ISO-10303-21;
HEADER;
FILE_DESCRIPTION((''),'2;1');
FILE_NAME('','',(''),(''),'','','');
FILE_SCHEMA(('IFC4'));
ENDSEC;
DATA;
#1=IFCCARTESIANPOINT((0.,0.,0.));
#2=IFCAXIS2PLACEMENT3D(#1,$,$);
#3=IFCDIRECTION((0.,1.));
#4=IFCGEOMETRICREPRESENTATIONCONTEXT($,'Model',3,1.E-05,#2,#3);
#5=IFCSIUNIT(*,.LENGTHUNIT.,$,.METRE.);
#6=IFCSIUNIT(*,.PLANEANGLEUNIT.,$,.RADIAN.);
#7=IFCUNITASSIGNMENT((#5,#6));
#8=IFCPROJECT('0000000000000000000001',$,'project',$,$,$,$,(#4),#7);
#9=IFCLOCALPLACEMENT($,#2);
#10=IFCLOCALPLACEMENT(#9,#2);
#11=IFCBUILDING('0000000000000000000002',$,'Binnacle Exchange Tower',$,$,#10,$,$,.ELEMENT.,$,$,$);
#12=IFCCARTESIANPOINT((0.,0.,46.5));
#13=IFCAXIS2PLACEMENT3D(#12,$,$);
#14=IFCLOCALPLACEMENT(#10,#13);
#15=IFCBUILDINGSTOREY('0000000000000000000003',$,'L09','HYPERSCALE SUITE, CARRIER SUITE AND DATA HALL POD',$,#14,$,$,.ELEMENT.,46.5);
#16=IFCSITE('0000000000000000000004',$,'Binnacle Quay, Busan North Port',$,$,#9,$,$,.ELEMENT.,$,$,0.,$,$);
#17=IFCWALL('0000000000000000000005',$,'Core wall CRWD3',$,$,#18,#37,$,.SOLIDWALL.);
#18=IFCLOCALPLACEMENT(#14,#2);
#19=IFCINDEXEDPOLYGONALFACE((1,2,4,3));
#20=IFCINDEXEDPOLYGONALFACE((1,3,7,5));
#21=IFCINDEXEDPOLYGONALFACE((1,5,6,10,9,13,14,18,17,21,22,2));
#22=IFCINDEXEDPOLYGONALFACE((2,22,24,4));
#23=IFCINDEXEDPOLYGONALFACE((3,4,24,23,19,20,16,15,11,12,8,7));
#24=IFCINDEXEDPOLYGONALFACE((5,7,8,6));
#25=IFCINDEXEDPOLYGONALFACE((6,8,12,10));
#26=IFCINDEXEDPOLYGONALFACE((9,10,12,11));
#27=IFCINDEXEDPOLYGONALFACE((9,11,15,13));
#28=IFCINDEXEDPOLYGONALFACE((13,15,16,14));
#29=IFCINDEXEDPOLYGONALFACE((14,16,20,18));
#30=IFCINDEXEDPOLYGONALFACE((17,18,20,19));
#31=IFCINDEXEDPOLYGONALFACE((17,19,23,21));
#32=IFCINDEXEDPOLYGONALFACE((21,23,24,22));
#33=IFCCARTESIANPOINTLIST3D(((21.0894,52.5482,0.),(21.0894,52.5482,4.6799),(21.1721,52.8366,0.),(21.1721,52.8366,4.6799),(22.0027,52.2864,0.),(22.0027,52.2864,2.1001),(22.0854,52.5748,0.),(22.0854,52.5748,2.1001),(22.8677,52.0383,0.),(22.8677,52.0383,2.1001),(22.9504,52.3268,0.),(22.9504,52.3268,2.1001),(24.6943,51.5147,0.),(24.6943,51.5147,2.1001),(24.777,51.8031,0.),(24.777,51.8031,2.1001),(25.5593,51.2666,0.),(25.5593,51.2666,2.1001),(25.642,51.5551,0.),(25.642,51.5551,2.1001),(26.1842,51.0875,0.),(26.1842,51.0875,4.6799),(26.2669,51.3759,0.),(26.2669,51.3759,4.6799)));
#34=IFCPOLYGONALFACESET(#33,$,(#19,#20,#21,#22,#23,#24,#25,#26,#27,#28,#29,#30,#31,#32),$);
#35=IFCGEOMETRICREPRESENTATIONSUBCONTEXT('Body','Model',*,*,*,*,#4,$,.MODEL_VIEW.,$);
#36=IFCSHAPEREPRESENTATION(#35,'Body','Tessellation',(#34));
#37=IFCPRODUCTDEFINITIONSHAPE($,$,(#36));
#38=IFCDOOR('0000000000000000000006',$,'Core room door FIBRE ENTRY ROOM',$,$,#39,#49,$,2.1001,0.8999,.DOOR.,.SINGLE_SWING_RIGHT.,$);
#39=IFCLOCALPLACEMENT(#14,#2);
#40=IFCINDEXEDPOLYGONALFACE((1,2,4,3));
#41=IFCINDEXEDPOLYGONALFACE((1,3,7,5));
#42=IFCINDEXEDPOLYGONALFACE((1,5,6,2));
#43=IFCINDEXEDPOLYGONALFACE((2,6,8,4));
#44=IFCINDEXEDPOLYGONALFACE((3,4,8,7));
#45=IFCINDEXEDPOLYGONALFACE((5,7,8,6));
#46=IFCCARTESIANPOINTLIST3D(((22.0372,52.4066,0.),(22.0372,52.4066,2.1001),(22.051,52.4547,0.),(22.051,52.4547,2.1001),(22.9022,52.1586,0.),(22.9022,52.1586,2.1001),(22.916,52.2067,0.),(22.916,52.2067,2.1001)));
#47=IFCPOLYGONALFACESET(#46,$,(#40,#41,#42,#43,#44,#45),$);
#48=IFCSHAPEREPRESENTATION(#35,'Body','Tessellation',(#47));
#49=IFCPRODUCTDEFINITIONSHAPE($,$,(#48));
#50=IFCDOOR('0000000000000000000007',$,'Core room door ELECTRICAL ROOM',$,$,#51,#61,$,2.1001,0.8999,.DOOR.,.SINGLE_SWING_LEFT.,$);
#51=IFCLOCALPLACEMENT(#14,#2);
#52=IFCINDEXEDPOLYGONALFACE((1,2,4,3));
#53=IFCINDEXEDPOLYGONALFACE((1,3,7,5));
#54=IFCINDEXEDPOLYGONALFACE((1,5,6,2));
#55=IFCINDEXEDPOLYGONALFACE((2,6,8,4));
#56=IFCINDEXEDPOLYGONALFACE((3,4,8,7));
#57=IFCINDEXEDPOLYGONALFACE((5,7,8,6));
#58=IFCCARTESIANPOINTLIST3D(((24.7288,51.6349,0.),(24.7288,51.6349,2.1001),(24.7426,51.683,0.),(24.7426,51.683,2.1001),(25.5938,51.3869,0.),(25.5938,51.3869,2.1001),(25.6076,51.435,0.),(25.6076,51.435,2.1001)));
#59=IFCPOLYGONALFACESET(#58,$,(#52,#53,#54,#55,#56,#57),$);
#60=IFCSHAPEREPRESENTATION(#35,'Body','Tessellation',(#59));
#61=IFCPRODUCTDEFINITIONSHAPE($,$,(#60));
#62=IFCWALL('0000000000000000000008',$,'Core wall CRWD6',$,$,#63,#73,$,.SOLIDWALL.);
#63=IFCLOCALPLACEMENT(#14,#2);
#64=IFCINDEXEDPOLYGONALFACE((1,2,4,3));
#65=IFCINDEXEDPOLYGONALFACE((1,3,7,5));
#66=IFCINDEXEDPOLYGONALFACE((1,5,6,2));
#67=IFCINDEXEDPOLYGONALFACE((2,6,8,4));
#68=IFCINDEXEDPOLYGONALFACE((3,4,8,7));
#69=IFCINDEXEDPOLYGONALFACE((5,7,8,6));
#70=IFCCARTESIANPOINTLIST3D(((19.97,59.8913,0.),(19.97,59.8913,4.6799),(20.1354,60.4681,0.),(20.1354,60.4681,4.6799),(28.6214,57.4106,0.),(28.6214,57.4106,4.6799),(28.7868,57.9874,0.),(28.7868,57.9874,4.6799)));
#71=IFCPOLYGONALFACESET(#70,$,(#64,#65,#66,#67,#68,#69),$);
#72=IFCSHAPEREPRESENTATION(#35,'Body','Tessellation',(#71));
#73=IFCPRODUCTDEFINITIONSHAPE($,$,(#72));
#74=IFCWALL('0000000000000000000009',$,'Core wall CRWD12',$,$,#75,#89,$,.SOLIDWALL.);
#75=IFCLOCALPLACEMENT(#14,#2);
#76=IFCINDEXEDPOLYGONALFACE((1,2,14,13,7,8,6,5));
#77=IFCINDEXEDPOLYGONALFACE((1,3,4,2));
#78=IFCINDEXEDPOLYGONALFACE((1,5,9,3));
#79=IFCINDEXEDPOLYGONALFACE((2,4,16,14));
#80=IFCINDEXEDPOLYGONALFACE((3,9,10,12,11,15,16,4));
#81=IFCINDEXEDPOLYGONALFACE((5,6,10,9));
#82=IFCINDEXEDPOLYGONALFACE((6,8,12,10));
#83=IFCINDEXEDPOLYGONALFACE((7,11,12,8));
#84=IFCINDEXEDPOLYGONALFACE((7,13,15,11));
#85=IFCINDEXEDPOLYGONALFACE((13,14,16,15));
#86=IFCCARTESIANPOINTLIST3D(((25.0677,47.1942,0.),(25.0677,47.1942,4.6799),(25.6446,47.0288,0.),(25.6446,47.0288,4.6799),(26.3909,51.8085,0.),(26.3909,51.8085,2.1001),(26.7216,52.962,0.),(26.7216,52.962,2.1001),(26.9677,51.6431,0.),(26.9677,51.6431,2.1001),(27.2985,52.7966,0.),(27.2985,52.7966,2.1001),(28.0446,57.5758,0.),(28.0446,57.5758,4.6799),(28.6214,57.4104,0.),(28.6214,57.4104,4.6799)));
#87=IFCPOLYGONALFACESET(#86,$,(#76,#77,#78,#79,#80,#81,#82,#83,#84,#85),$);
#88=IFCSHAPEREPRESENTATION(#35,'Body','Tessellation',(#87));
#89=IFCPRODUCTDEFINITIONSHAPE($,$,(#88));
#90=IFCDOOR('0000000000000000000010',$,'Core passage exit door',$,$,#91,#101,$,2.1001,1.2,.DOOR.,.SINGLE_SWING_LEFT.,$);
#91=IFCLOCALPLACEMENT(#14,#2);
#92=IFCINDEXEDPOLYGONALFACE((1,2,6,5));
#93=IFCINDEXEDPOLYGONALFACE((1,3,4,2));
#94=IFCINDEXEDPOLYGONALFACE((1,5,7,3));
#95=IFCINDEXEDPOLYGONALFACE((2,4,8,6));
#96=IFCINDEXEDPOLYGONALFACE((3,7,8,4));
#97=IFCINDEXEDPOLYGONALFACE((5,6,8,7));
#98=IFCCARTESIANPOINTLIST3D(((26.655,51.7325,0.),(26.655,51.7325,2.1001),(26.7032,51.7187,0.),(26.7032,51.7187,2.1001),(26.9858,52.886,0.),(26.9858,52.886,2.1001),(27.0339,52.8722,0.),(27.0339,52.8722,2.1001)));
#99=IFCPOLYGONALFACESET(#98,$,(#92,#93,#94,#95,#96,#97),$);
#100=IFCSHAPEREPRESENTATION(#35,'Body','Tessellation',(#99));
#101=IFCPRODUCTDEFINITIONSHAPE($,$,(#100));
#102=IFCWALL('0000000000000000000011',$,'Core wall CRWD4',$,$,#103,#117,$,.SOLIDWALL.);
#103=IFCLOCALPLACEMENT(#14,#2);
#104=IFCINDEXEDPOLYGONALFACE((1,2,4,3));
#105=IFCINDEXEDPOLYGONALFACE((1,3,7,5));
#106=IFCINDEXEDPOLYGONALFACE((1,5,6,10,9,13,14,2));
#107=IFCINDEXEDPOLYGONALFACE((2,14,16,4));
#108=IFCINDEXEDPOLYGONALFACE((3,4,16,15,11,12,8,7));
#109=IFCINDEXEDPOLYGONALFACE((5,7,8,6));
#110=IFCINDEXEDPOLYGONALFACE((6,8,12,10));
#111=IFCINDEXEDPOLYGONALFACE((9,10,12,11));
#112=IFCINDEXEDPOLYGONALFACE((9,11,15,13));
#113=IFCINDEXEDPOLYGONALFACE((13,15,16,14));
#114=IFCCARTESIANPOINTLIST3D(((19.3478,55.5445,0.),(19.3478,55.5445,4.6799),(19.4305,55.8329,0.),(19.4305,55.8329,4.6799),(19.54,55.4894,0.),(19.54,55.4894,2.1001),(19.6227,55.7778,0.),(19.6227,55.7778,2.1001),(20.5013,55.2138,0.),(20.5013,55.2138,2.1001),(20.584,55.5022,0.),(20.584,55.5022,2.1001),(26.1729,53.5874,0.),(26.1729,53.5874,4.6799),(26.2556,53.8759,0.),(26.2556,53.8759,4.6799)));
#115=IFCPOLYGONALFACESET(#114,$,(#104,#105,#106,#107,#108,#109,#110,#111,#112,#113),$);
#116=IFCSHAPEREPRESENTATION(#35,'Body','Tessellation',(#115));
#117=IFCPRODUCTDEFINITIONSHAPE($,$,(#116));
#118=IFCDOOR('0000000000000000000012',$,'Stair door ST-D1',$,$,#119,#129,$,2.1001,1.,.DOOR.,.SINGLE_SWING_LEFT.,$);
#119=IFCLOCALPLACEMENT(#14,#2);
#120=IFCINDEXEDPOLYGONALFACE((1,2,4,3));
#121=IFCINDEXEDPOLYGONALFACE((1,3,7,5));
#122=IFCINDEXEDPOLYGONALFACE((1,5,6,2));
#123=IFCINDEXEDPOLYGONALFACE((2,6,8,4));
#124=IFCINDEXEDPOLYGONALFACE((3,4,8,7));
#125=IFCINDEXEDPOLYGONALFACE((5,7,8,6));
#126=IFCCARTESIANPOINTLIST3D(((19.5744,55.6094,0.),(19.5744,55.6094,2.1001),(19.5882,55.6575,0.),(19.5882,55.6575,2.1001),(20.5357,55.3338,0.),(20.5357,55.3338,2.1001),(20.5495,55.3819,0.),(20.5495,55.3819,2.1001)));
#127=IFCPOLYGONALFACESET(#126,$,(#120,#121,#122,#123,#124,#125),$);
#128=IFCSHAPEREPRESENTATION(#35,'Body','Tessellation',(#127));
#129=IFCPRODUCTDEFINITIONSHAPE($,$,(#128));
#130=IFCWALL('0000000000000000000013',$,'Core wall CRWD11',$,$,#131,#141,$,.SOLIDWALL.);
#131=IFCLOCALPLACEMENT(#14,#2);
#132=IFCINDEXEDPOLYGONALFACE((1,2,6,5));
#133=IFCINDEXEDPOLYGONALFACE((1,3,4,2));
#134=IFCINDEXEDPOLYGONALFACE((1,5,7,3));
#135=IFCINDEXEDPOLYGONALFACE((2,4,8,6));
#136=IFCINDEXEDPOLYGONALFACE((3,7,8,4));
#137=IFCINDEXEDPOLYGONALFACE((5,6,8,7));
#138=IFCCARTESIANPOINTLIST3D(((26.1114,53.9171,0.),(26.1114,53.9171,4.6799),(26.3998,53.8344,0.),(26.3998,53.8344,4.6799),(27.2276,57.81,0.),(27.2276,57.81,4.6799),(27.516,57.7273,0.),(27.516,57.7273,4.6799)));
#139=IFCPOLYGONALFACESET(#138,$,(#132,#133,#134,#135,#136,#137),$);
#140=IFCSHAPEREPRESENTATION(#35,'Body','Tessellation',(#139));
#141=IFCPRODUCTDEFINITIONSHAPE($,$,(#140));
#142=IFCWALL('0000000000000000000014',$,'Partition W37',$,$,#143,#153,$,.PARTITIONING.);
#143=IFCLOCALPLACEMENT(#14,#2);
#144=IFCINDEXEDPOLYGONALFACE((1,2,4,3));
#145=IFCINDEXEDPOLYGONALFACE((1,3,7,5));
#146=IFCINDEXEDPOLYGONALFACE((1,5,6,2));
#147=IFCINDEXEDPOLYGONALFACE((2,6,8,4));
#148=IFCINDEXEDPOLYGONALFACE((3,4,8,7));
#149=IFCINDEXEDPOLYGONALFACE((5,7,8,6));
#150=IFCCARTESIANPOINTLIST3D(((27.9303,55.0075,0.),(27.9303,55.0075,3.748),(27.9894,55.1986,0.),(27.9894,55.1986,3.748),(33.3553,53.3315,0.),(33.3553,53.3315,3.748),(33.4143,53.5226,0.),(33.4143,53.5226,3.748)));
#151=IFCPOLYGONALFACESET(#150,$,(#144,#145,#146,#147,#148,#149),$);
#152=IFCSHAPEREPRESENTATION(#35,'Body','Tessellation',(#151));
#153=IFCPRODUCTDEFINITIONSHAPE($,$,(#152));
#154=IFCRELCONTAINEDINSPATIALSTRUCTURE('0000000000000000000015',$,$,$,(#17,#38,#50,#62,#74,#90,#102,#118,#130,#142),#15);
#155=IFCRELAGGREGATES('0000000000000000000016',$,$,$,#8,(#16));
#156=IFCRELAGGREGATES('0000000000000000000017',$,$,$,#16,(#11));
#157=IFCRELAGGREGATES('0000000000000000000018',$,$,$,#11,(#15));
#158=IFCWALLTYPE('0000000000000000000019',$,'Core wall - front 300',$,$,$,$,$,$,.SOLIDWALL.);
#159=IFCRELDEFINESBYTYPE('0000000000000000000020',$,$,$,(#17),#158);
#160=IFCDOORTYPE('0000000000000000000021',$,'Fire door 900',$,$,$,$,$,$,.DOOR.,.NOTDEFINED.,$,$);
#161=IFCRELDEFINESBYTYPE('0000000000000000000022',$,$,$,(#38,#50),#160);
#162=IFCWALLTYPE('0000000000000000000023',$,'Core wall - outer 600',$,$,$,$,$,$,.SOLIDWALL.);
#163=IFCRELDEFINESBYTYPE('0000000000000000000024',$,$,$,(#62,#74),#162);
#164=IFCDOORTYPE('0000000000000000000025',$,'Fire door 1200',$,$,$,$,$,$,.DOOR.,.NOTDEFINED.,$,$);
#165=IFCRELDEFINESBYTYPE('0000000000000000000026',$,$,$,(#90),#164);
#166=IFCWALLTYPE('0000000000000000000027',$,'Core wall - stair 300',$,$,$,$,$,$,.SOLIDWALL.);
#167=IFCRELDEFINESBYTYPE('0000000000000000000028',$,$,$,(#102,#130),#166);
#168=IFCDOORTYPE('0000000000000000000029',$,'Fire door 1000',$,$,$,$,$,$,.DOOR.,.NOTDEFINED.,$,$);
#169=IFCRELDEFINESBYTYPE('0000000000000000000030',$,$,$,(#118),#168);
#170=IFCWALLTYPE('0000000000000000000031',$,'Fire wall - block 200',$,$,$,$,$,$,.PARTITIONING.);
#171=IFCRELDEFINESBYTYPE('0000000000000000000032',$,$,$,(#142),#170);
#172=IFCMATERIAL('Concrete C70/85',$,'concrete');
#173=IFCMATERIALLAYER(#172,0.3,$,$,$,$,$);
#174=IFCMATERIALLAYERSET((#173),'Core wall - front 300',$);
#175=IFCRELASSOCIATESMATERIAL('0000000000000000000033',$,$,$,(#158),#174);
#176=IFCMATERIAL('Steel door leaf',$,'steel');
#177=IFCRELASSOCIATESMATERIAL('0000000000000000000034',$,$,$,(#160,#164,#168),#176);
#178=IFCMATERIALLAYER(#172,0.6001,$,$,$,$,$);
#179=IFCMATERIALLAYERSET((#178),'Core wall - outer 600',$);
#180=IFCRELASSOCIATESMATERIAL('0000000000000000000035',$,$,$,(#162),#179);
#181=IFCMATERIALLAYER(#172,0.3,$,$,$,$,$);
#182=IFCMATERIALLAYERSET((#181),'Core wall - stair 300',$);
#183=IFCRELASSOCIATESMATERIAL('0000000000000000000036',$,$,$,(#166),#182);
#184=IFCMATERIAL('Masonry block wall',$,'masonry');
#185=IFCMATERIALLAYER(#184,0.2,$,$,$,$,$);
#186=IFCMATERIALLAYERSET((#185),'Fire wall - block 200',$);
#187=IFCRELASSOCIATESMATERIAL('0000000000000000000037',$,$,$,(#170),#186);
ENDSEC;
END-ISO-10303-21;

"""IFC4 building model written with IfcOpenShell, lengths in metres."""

from ifc_helpers import new_model, si_unit, direction, frame, frame_2d, origin, place, context, subcontext, project, spatial, rectangle, extrude, material, layer, layer_set, type_object, element, fill, save


model = new_model("IFC4")

# Units and contexts
model_context = context("Model", 3, precision=1e-05, world=origin(), true_north=direction((0.0, 1.0)))
body_context = subcontext(model_context, "Body", "Model", "MODEL_VIEW")
ifc_project = project(units=[si_unit("LENGTHUNIT", "METRE"), si_unit("PLANEANGLEUNIT", "RADIAN")], contexts=[model_context])

# Site, building, storey
site_placement = place(None, origin())
site = spatial("IfcSite", under=ifc_project, at=site_placement, Name="Binnacle Quay, Busan North Port", CompositionType="ELEMENT", RefElevation=0.0)
building_placement = place(site_placement, origin())
building = spatial("IfcBuilding", under=site, at=building_placement, Name="Binnacle Exchange Tower", CompositionType="ELEMENT")
storey_placement = place(building_placement, frame((0.0, 0.0, 46.5)))
storey = spatial("IfcBuildingStorey", under=building, at=storey_placement, Name="L09", Description="HYPERSCALE SUITE, CARRIER SUITE AND DATA HALL POD", CompositionType="ELEMENT", Elevation=46.5)

# Shared definitions
ifc_material_1 = material(Name="Concrete C70/85", Category="concrete")

# Wall, openings, doors
ifc_layer_1 = layer(ifc_material_1, 0.3)
ifc_layer_set_1 = layer_set([ifc_layer_1], Name="Core wall - front 300")
wall_type_1 = type_object("IfcWallType", Name="Core wall - front 300", PredefinedType="SOLIDWALL", material=ifc_layer_set_1)
wall_1_placement = place(storey_placement, frame((21.1309, 52.6924, 0.0), z_axis=(0.0, 0.0, 1.0), x_axis=(0.961271, -0.275603, 0.0)))
wall_1 = element("IfcWall", 1, at=wall_1_placement, inside=storey, type_object=wall_type_1, Name="Core wall CRWD3", PredefinedType="SOLIDWALL", context=body_context, shape_type="SweptSolid", body=[
    extrude(rectangle(XDim=5.3, YDim=0.3, at=frame_2d((2.6499, 0.0))), origin(), (0.0, 0.0, 1.0), 4.6799),
])
opening_1_placement = place(wall_1_placement, frame((0.95, 0.0, 0.0)))
opening_1 = element("IfcOpeningElement", 2, at=opening_1_placement, cuts=wall_1, PredefinedType="OPENING", context=body_context, shape_type="SweptSolid", body=[
    extrude(rectangle(XDim=0.8999, YDim=2.1001, at=frame_2d((0.45, 1.05))), frame((0.0, 0.1599, 0.0), z_axis=(0.0, -1.0, 0.0), x_axis=(1.0, 0.0, 0.0)), (0.0, 0.0, 1.0), 0.3201),
])
opening_2_placement = place(wall_1_placement, frame((3.75, 0.0, 0.0)))
opening_2 = element("IfcOpeningElement", 3, at=opening_2_placement, cuts=wall_1, PredefinedType="OPENING", context=body_context, shape_type="SweptSolid", body=[
    extrude(rectangle(XDim=0.8999, YDim=2.1001, at=frame_2d((0.45, 1.05))), frame((0.0, 0.1599, 0.0), z_axis=(0.0, -1.0, 0.0), x_axis=(1.0, 0.0, 0.0)), (0.0, 0.0, 1.0), 0.3201),
])
ifc_material_2 = material(Name="Steel door leaf", Category="steel")
door_type_1 = type_object("IfcDoorType", Name="Fire door 900", OperationType="NOTDEFINED", PredefinedType="DOOR", material=ifc_material_2)
door_1_placement = place(opening_1_placement, frame((0.8999, 0.0, 0.0), z_axis=(0.0, 0.0, 1.0), x_axis=(-1.0, 0.0, 0.0)))
door_1 = element("IfcDoor", 4, at=door_1_placement, inside=storey, type_object=door_type_1, Name="Core room door FIBRE ENTRY ROOM", OperationType="SINGLE_SWING_RIGHT", OverallHeight=2.1001, OverallWidth=0.8999, PredefinedType="DOOR", context=body_context, shape_type="SweptSolid", body=[
    extrude(rectangle(XDim=0.8999, YDim=2.1001, at=frame_2d((0.45, 1.05))), frame((0.0, 0.0249, 0.0), z_axis=(0.0, -1.0, 0.0), x_axis=(1.0, 0.0, 0.0)), (0.0, 0.0, 1.0), 0.05),
])
fill(opening_1, door_1)
door_2_placement = place(opening_2_placement, frame((0.8999, 0.0, 0.0), z_axis=(0.0, 0.0, 1.0), x_axis=(-1.0, 0.0, 0.0)))
door_2 = element("IfcDoor", 5, at=door_2_placement, inside=storey, type_object=door_type_1, Name="Core room door ELECTRICAL ROOM", OperationType="SINGLE_SWING_LEFT", OverallHeight=2.1001, OverallWidth=0.8999, PredefinedType="DOOR", context=body_context, shape_type="SweptSolid", body=[
    extrude(rectangle(XDim=0.8999, YDim=2.1001, at=frame_2d((0.45, 1.05))), frame((0.0, 0.0249, 0.0), z_axis=(0.0, -1.0, 0.0), x_axis=(1.0, 0.0, 0.0)), (0.0, 0.0, 1.0), 0.05),
])
fill(opening_2, door_2)

# Wall
ifc_layer_2 = layer(ifc_material_1, 0.6001)
ifc_layer_set_2 = layer_set([ifc_layer_2], Name="Core wall - outer 600")
wall_type_2 = type_object("IfcWallType", Name="Core wall - outer 600", PredefinedType="SOLIDWALL", material=ifc_layer_set_2)
wall_2_placement = place(storey_placement, frame((20.0527, 60.1797, 0.0), z_axis=(0.0, 0.0, 1.0), x_axis=(0.961262, -0.275635, 0.0)))
element("IfcWall", 6, at=wall_2_placement, inside=storey, type_object=wall_type_2, Name="Core wall CRWD6", PredefinedType="SOLIDWALL", context=body_context, shape_type="SweptSolid", body=[
    extrude(rectangle(XDim=9.0, YDim=0.6001, at=frame_2d((4.5, 0.0))), origin(), (0.0, 0.0, 1.0), 4.6799),
])

# Walls, openings, doors
wall_3_placement = place(storey_placement, frame((25.3562, 47.1116, 0.0), z_axis=(0.0, 0.0, 1.0), x_axis=(0.275632, 0.961263, 0.0)))
wall_3 = element("IfcWall", 7, at=wall_3_placement, inside=storey, type_object=wall_type_2, Name="Core wall CRWD12", PredefinedType="SOLIDWALL", context=body_context, shape_type="SweptSolid", body=[
    extrude(rectangle(XDim=10.8, YDim=0.6001, at=frame_2d((5.3999, 0.0))), origin(), (0.0, 0.0, 1.0), 4.6799),
])
opening_3_placement = place(wall_3_placement, frame((4.8, 0.0, 0.0)))
opening_3 = element("IfcOpeningElement", 8, at=opening_3_placement, cuts=wall_3, PredefinedType="OPENING", context=body_context, shape_type="SweptSolid", body=[
    extrude(rectangle(XDim=1.2, YDim=2.1001, at=frame_2d((0.6001, 1.05))), frame((0.0, 0.3101, 0.0), z_axis=(0.0, -1.0, 0.0), x_axis=(1.0, 0.0, 0.0)), (0.0, 0.0, 1.0), 0.6201),
])
door_type_2 = type_object("IfcDoorType", Name="Fire door 1200", OperationType="NOTDEFINED", PredefinedType="DOOR", material=ifc_material_2)
door_3_placement = place(opening_3_placement, frame((1.2, 0.0, 0.0), z_axis=(0.0, 0.0, 1.0), x_axis=(-1.0, 0.0, 0.0)))
door_3 = element("IfcDoor", 9, at=door_3_placement, inside=storey, type_object=door_type_2, Name="Core passage exit door", OperationType="SINGLE_SWING_LEFT", OverallHeight=2.1001, OverallWidth=1.2, PredefinedType="DOOR", context=body_context, shape_type="SweptSolid", body=[
    extrude(rectangle(XDim=1.2, YDim=2.1001, at=frame_2d((0.6001, 1.05))), frame((0.0, 0.0249, 0.0), z_axis=(0.0, -1.0, 0.0), x_axis=(1.0, 0.0, 0.0)), (0.0, 0.0, 1.0), 0.05),
])
fill(opening_3, door_3)
ifc_layer_3 = layer(ifc_material_1, 0.3)
ifc_layer_set_3 = layer_set([ifc_layer_3], Name="Core wall - stair 300")
wall_type_3 = type_object("IfcWallType", Name="Core wall - stair 300", PredefinedType="SOLIDWALL", material=ifc_layer_set_3)
wall_4_placement = place(storey_placement, frame((19.3892, 55.6887, 0.0), z_axis=(0.0, 0.0, 1.0), x_axis=(0.961261, -0.275638, 0.0)))
wall_4 = element("IfcWall", 10, at=wall_4_placement, inside=storey, type_object=wall_type_3, Name="Core wall CRWD4", PredefinedType="SOLIDWALL", context=body_context, shape_type="SweptSolid", body=[
    extrude(rectangle(XDim=7.1001, YDim=0.3, at=frame_2d((3.55, 0.0))), origin(), (0.0, 0.0, 1.0), 4.6799),
])
opening_4_placement = place(wall_4_placement, frame((0.2, 0.0, 0.0)))
opening_4 = element("IfcOpeningElement", 11, at=opening_4_placement, cuts=wall_4, PredefinedType="OPENING", context=body_context, shape_type="SweptSolid", body=[
    extrude(rectangle(XDim=1.0, YDim=2.1001, at=frame_2d((0.5, 1.05))), frame((0.0, 0.1599, 0.0), z_axis=(0.0, -1.0, 0.0), x_axis=(1.0, 0.0, 0.0)), (0.0, 0.0, 1.0), 0.3201),
])
door_type_3 = type_object("IfcDoorType", Name="Fire door 1000", OperationType="NOTDEFINED", PredefinedType="DOOR", material=ifc_material_2)
door_4_placement = place(opening_4_placement, origin())
door_4 = element("IfcDoor", 12, at=door_4_placement, inside=storey, type_object=door_type_3, Name="Stair door ST-D1", OperationType="SINGLE_SWING_LEFT", OverallHeight=2.1001, OverallWidth=1.0, PredefinedType="DOOR", context=body_context, shape_type="SweptSolid", body=[
    extrude(rectangle(XDim=1.0, YDim=2.1001, at=frame_2d((0.5, 1.05))), frame((0.0, 0.0249, 0.0), z_axis=(0.0, -1.0, 0.0), x_axis=(1.0, 0.0, 0.0)), (0.0, 0.0, 1.0), 0.05),
])
fill(opening_4, door_4)

# Walls
wall_5_placement = place(storey_placement, frame((26.2556, 53.8757, 0.0), z_axis=(0.0, 0.0, 1.0), x_axis=(0.275613, 0.961269, 0.0)))
element("IfcWall", 13, at=wall_5_placement, inside=storey, type_object=wall_type_3, Name="Core wall CRWD11", PredefinedType="SOLIDWALL", context=body_context, shape_type="SweptSolid", body=[
    extrude(rectangle(XDim=4.0498, YDim=0.3, at=frame_2d((2.0249, 0.0))), origin(), (0.0, 0.0, 1.0), 4.6799),
])
ifc_material_3 = material(Name="Masonry block wall", Category="masonry")
ifc_layer_4 = layer(ifc_material_3, 0.2)
ifc_layer_set_4 = layer_set([ifc_layer_4], Name="Fire wall - block 200")
wall_type_4 = type_object("IfcWallType", Name="Fire wall - block 200", PredefinedType="PARTITIONING", material=ifc_layer_set_4)
wall_6_placement = place(storey_placement, frame((27.96, 55.103, 0.0), z_axis=(0.0, 0.0, 1.0), x_axis=(0.955443, -0.295176, 0.0)))
element("IfcWall", 14, at=wall_6_placement, inside=storey, type_object=wall_type_4, Name="Partition W37", PredefinedType="PARTITIONING", context=body_context, shape_type="SweptSolid", body=[
    extrude(rectangle(XDim=5.678, YDim=0.2, at=frame_2d((2.8389, 0.0))), origin(), (0.0, 0.0, 1.0), 3.748),
])

save(model, "model.ifc")
